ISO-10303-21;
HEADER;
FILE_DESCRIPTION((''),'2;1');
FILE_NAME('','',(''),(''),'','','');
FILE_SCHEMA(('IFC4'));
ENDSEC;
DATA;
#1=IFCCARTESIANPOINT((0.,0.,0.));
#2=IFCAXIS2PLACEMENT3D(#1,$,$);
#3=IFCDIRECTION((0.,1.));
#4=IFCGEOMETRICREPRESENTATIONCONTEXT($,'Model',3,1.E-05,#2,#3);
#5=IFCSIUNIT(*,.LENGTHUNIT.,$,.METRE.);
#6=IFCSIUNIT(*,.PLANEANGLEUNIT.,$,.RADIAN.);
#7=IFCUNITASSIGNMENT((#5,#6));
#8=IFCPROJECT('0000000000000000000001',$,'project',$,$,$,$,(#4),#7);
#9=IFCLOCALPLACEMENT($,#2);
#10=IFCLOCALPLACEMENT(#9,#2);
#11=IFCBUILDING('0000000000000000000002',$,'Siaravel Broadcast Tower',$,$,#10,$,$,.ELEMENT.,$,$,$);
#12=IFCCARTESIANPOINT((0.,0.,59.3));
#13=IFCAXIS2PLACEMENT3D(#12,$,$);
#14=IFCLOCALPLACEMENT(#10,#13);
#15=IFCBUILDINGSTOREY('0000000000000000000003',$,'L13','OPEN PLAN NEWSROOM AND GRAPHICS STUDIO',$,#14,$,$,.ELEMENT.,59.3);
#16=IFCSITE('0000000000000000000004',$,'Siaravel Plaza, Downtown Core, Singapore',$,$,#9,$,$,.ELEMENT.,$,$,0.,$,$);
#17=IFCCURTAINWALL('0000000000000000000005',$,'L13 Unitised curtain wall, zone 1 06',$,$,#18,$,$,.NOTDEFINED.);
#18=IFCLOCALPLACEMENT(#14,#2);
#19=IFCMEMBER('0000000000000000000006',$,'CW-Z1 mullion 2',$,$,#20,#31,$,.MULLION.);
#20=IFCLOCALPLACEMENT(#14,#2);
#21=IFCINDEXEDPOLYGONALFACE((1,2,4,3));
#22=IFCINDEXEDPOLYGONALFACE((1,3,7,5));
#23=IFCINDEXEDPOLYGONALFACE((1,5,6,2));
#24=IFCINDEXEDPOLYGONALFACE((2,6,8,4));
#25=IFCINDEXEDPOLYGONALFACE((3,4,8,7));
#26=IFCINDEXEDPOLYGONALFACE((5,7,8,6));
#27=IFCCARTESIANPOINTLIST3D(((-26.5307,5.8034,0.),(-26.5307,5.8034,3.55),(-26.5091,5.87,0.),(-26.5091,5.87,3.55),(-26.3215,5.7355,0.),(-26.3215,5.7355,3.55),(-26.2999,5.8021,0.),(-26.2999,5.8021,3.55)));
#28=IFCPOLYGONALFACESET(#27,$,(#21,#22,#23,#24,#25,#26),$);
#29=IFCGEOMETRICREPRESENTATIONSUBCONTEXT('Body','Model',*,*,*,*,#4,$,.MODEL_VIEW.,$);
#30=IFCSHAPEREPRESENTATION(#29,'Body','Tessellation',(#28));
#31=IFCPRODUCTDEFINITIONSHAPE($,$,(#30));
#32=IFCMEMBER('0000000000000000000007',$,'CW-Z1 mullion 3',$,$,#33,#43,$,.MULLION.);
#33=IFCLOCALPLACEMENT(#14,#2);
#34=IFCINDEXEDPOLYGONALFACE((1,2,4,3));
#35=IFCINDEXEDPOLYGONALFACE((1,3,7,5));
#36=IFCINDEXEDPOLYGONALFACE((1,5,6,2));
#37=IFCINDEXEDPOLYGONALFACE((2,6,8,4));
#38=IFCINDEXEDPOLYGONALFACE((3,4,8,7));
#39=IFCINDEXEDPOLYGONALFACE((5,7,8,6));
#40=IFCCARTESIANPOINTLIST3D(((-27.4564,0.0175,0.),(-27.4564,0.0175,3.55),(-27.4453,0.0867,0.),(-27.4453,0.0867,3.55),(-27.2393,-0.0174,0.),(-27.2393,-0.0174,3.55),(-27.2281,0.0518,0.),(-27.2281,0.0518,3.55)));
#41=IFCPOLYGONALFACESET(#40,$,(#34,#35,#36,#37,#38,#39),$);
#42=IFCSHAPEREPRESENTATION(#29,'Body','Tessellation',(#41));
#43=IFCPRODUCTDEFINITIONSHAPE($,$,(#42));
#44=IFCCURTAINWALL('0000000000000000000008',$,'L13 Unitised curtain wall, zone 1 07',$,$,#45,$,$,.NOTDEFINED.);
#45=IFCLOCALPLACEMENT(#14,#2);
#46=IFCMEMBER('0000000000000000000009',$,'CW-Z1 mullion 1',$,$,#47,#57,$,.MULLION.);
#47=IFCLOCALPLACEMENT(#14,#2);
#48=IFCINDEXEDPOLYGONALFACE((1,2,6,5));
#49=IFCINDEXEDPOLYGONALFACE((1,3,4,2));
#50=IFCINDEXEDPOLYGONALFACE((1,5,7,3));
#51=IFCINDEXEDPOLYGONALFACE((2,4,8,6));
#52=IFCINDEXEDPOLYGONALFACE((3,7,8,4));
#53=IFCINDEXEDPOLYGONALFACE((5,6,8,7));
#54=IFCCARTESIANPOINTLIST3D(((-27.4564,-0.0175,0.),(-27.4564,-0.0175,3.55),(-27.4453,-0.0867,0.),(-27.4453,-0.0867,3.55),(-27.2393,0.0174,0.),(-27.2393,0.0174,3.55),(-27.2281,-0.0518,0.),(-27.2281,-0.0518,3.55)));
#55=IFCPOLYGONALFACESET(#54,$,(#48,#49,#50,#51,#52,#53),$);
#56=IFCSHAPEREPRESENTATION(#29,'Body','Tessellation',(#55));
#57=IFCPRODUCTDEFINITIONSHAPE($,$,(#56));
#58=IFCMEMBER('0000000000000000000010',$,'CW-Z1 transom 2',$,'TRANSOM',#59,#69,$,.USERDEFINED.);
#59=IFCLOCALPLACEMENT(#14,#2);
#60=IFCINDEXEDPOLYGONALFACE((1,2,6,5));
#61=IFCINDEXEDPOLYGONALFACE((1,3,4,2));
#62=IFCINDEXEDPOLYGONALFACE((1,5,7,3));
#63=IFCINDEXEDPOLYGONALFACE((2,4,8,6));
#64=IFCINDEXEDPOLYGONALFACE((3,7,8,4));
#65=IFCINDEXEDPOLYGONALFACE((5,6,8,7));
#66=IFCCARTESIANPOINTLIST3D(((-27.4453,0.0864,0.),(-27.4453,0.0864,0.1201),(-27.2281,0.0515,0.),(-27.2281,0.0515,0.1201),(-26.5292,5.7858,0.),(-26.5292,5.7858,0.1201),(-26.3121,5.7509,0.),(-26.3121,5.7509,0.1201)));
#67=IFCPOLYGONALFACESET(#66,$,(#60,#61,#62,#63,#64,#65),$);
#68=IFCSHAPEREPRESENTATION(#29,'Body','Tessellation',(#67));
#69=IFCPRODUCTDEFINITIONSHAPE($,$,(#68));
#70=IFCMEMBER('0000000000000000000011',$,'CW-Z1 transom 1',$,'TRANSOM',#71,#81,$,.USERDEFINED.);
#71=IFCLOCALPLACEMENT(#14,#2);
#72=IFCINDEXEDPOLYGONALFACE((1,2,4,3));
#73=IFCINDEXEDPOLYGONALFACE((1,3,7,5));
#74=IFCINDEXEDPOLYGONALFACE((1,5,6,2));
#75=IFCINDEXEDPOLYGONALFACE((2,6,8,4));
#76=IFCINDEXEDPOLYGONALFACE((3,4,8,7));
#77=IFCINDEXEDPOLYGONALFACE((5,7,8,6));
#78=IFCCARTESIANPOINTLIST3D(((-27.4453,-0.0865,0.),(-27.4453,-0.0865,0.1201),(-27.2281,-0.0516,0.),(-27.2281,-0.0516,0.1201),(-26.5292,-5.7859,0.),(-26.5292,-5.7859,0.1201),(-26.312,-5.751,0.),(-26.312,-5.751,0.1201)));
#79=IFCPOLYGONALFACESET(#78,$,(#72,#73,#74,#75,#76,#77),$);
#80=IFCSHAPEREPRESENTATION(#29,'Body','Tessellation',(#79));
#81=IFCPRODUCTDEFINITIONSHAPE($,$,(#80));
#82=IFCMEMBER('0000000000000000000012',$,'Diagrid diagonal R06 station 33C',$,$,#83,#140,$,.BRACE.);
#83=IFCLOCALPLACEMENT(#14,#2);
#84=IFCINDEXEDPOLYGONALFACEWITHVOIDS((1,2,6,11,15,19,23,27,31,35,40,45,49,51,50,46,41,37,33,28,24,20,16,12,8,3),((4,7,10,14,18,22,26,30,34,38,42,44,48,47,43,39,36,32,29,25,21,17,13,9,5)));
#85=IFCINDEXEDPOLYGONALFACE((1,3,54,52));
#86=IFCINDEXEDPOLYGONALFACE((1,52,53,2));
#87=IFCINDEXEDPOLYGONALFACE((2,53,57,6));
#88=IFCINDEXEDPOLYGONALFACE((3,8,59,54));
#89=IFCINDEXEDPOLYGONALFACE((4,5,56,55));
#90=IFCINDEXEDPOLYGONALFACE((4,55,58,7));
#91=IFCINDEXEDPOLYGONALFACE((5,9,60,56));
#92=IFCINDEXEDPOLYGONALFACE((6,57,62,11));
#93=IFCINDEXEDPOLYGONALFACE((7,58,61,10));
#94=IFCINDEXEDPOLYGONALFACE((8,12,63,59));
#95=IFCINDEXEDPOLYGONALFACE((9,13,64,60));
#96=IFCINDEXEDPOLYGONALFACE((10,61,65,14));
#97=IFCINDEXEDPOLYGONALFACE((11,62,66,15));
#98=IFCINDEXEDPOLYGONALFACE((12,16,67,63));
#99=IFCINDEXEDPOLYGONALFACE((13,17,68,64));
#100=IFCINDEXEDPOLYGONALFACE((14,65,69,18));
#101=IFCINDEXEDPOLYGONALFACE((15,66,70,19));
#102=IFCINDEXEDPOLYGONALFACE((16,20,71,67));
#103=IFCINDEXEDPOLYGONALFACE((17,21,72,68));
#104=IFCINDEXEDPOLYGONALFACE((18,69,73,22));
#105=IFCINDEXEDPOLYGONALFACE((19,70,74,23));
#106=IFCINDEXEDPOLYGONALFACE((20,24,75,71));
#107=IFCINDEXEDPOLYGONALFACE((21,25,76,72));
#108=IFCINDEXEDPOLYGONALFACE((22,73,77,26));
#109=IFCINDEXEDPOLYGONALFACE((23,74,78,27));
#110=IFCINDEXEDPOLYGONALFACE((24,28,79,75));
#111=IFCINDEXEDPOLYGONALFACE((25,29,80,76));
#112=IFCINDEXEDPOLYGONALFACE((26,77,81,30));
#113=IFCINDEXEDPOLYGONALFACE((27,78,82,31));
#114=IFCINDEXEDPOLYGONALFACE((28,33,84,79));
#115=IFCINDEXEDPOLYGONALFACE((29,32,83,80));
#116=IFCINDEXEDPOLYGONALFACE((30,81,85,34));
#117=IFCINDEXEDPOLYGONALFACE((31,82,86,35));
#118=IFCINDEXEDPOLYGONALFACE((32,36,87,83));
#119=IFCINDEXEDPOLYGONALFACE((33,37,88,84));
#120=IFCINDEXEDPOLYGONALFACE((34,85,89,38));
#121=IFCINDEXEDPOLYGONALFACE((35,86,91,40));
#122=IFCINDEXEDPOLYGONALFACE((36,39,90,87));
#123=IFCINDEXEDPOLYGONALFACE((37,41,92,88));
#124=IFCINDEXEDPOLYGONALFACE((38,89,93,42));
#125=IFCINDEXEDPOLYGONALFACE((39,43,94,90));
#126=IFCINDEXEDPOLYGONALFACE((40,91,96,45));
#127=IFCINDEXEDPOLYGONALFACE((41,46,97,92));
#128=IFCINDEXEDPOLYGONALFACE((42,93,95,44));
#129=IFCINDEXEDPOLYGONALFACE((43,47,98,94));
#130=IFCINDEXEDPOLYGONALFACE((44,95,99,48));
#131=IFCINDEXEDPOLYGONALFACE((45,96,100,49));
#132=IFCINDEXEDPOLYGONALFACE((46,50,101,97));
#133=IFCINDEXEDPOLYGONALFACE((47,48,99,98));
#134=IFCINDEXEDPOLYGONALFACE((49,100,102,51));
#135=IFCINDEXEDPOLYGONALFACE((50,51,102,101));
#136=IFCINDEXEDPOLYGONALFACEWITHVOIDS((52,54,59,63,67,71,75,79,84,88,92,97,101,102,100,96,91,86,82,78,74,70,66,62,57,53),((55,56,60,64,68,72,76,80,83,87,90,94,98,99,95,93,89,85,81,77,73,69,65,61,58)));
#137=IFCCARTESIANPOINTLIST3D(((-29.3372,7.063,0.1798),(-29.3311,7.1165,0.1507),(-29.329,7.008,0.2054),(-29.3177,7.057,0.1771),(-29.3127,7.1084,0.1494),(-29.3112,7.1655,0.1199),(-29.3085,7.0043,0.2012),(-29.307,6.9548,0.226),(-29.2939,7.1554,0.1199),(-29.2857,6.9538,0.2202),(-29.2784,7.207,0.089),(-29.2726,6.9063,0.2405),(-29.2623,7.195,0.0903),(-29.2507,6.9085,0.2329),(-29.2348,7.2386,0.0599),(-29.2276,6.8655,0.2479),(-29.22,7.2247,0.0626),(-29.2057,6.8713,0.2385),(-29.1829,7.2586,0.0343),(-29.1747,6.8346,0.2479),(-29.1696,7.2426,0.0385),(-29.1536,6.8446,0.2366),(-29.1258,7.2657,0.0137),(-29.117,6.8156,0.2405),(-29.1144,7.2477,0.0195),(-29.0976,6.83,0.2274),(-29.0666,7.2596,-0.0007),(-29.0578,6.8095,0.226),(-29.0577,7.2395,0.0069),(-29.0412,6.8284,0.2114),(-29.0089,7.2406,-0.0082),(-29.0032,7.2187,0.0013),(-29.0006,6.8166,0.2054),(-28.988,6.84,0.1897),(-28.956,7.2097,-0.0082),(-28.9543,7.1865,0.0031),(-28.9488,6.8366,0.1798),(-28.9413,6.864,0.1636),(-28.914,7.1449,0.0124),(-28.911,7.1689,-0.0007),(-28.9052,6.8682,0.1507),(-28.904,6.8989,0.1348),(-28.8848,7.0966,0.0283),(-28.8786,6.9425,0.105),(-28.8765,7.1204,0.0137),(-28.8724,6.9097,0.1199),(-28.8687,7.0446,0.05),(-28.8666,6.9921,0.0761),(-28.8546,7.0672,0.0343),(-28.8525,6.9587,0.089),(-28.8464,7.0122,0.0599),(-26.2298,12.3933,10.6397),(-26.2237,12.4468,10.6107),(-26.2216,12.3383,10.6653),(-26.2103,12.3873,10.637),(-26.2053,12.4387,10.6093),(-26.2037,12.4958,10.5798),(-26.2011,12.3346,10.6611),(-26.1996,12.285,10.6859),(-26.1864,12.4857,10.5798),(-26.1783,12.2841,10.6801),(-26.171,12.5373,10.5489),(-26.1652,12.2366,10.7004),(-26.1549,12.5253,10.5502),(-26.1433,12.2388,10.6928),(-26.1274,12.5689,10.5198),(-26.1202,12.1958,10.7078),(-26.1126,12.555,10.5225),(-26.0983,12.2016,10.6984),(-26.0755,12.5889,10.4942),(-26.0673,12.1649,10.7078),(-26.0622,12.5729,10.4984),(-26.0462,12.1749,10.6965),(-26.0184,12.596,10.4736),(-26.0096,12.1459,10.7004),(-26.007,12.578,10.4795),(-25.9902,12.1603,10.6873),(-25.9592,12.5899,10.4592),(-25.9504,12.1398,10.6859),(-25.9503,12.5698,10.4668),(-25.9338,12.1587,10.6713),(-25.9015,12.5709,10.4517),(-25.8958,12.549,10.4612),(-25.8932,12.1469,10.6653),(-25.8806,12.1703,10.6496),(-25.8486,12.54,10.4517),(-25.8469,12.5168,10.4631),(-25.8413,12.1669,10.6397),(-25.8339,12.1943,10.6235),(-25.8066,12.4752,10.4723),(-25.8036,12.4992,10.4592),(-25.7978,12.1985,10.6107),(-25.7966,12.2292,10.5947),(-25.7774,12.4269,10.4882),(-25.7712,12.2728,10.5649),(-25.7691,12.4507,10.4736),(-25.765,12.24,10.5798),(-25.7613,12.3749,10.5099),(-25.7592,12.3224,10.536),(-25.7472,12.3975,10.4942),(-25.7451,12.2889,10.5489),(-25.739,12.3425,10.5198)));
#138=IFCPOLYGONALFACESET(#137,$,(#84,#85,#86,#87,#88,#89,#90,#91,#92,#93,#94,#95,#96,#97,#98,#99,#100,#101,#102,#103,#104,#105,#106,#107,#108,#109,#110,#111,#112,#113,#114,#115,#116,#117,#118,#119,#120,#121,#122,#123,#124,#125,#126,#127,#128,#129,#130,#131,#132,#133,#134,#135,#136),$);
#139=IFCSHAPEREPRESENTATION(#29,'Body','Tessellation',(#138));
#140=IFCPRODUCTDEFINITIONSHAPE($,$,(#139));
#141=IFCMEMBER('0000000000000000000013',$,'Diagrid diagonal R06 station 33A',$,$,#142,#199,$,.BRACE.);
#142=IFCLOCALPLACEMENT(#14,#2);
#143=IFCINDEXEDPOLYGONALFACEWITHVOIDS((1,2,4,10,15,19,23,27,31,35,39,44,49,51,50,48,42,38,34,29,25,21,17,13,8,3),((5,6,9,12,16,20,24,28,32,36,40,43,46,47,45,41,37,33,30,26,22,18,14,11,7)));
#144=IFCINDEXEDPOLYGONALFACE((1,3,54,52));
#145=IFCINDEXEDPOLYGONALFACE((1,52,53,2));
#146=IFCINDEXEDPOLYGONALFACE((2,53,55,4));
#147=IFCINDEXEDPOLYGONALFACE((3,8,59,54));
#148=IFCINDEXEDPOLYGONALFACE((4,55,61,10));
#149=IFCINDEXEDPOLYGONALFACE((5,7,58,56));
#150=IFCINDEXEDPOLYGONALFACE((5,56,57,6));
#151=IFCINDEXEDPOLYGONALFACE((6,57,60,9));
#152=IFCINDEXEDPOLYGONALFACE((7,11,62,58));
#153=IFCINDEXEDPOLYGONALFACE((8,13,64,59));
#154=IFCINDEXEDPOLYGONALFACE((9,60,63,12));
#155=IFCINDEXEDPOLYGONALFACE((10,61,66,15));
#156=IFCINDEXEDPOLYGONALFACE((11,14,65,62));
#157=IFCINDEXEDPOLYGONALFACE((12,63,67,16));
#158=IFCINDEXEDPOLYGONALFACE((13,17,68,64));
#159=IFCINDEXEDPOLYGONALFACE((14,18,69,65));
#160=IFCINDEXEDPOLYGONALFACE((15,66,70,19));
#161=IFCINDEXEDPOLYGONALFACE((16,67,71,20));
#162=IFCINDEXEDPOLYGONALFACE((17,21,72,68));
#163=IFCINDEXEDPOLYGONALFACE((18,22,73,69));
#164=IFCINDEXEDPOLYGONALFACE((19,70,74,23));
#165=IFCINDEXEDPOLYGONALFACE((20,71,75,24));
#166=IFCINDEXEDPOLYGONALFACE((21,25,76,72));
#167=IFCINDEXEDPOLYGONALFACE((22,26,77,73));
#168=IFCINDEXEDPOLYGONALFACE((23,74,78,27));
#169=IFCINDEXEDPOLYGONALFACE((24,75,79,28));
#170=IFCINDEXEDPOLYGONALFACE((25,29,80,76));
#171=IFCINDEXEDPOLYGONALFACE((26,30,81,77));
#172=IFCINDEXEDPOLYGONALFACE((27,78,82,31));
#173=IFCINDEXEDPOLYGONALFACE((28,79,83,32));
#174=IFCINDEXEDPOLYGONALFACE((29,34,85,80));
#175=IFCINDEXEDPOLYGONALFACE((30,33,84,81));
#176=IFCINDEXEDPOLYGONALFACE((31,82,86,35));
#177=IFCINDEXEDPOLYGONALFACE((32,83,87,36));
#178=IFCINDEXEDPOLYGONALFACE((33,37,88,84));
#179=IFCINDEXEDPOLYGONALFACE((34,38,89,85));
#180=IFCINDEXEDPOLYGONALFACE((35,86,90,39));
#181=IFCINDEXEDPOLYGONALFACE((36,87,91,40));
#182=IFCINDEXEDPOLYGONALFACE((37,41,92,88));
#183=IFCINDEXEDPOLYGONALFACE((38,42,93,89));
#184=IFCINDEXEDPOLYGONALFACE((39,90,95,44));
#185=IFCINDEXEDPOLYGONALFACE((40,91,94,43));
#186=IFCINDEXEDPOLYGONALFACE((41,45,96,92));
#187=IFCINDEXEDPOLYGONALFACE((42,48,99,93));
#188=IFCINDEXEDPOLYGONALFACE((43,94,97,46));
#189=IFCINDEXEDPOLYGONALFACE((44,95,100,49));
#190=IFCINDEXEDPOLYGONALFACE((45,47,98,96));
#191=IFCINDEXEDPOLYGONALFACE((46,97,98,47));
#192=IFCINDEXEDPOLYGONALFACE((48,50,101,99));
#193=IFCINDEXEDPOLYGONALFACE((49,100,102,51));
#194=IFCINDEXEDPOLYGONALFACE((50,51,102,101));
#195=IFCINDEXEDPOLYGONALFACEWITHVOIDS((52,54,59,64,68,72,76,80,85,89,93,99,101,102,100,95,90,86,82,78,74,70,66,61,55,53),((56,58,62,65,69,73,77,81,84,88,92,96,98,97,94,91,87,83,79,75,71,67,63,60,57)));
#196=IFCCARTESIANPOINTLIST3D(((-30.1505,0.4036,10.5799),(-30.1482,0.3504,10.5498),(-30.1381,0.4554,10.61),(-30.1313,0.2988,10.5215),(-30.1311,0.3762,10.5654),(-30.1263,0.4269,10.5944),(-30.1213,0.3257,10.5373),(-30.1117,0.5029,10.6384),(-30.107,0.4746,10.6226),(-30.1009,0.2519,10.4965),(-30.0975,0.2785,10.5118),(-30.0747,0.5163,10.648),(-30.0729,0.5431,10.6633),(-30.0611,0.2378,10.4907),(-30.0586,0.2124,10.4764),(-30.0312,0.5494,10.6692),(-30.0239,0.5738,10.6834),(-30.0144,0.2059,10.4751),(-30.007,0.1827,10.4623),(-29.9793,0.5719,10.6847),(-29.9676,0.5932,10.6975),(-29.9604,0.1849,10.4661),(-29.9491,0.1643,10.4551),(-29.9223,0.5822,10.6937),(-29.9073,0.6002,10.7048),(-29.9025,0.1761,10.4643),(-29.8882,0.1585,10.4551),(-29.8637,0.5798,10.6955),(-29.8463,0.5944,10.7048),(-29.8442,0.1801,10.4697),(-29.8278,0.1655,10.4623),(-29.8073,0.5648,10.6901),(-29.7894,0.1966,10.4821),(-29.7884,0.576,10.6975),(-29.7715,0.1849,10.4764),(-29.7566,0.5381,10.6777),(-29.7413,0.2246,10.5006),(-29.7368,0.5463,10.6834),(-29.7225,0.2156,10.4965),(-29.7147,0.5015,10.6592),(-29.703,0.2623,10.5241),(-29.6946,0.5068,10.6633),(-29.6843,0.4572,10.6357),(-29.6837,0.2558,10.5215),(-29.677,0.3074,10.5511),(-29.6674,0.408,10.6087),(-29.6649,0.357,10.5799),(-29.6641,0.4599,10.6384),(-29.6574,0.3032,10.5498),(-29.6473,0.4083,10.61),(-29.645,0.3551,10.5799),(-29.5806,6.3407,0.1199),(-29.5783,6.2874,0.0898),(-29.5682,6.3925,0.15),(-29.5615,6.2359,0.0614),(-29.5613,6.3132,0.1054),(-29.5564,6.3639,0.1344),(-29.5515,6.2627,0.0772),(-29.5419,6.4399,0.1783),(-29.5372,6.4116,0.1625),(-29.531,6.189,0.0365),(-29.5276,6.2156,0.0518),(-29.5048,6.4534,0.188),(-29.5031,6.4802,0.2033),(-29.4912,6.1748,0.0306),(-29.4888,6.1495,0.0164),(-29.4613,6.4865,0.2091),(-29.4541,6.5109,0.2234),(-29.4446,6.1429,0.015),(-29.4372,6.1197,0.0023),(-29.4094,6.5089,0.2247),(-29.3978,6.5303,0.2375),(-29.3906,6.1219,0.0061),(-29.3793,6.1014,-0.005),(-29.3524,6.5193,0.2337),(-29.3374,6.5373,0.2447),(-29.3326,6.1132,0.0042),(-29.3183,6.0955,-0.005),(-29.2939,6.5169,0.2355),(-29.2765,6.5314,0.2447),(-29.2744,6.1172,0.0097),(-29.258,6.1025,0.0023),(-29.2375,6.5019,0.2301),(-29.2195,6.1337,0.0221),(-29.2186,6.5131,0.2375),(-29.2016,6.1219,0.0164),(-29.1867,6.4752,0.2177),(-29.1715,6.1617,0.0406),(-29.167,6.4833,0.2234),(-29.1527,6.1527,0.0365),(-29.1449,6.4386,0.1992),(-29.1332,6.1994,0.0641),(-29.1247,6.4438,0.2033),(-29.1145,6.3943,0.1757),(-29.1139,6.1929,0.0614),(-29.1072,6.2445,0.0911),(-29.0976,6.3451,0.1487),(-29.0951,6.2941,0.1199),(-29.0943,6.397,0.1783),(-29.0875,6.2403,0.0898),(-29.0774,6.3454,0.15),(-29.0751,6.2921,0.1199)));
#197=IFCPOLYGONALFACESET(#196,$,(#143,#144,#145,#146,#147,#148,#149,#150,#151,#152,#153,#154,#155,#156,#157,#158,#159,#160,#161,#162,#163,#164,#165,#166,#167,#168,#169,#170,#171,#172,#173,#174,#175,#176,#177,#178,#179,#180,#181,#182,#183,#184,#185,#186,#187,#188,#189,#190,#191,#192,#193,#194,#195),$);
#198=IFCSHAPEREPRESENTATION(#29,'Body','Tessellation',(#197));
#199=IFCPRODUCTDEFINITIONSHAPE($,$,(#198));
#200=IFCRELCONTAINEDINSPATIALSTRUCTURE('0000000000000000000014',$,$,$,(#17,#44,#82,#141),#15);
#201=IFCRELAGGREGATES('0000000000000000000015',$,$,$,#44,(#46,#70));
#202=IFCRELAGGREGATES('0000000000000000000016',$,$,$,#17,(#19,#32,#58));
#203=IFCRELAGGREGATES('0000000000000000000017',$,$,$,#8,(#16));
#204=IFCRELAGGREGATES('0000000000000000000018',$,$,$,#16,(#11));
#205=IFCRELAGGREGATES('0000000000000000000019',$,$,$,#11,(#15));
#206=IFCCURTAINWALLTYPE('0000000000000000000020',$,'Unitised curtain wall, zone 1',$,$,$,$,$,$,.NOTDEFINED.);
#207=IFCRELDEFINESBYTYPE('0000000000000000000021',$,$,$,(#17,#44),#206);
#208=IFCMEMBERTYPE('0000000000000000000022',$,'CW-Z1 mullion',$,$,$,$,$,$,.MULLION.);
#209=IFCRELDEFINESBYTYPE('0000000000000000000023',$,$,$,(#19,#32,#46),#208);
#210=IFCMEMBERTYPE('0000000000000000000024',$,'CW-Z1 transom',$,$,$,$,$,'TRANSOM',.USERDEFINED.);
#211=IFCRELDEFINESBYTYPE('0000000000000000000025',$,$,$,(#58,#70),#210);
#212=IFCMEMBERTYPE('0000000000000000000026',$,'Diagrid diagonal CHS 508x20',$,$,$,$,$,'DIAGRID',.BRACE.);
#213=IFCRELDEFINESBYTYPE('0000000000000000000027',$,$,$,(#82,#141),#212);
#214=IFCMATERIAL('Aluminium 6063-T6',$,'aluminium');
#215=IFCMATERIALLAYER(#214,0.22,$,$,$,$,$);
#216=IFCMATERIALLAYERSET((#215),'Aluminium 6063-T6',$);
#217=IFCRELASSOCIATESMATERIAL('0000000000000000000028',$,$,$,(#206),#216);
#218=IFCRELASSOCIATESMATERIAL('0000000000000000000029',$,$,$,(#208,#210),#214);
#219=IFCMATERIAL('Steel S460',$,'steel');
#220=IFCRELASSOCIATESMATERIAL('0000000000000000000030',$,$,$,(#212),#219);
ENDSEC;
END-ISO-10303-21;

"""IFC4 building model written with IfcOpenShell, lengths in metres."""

from ifc_helpers import new_model, si_unit, direction, frame, origin, origin_2d, place, context, subcontext, project, spatial, rectangle, hollow_circle, extrude, material, layer, layer_set, material_profile, profile_set, type_object, element, aggregate, save


model = new_model("IFC4")

# Units and contexts
model_context = context("Model", 3, precision=1e-05, world=origin(), true_north=direction((0.0, 1.0)))
body_context = subcontext(model_context, "Body", "Model", "MODEL_VIEW")
ifc_project = project(units=[si_unit("LENGTHUNIT", "METRE"), si_unit("PLANEANGLEUNIT", "RADIAN")], contexts=[model_context])

# Site, building, storey
site_placement = place(None, origin())
site = spatial("IfcSite", under=ifc_project, at=site_placement, Name="Siaravel Plaza, Downtown Core, Singapore", CompositionType="ELEMENT", RefElevation=0.0)
building_placement = place(site_placement, origin())
building = spatial("IfcBuilding", under=site, at=building_placement, Name="Siaravel Broadcast Tower", CompositionType="ELEMENT")
storey_placement = place(building_placement, frame((0.0, 0.0, 59.3)))
storey = spatial("IfcBuildingStorey", under=building, at=storey_placement, Name="L13", Description="OPEN PLAN NEWSROOM AND GRAPHICS STUDIO", CompositionType="ELEMENT", Elevation=59.3)

# Curtain wall, members
ifc_material_1 = material(Name="Aluminium 6063-T6", Category="aluminium")
ifc_layer_1 = layer(ifc_material_1, 0.22)
ifc_layer_set_1 = layer_set([ifc_layer_1], Name="Aluminium 6063-T6")
curtain_wall_type = type_object("IfcCurtainWallType", Name="Unitised curtain wall, zone 1", PredefinedType="NOTDEFINED", material=ifc_layer_set_1)
curtain_wall_1_placement = place(storey_placement, origin())
curtain_wall_1 = element("IfcCurtainWall", 1, at=curtain_wall_1_placement, inside=storey, type_object=curtain_wall_type, Name="L13 Unitised curtain wall, zone 1 06", PredefinedType="NOTDEFINED")
ifc_material_profile_1 = material_profile(ifc_material_1, rectangle(XDim=0.22, YDim=0.0701, at=origin_2d()))
ifc_profile_set_1 = profile_set([ifc_material_profile_1], Name="Aluminium 6063-T6")
member_type_1 = type_object("IfcMemberType", Name="CW-Z1 mullion", PredefinedType="MULLION", material=ifc_profile_set_1)
member_1_placement = place(storey_placement, frame((-26.4153, 5.8027, 0.0), z_axis=(0.0, 0.0, 1.0), x_axis=(0.951177, -0.308646, 0.0)))
member_1 = element("IfcMember", 2, at=member_1_placement, type_object=member_type_1, Name="CW-Z1 mullion 2", PredefinedType="MULLION", context=body_context, shape_type="SweptSolid", body=[
    extrude(rectangle(XDim=0.22, YDim=0.0701, at=origin_2d()), origin(), (0.0, 0.0, 1.0), 3.55),
])
member_2_placement = place(storey_placement, frame((-27.3423, 0.0347, 0.0), z_axis=(0.0, 0.0, 1.0), x_axis=(0.987329, -0.158686, 0.0)))
member_2 = element("IfcMember", 3, at=member_2_placement, type_object=member_type_1, Name="CW-Z1 mullion 3", PredefinedType="MULLION", context=body_context, shape_type="SweptSolid", body=[
    extrude(rectangle(XDim=0.22, YDim=0.0701, at=origin_2d()), origin(), (0.0, 0.0, 1.0), 3.55),
])

# Curtain wall, member
curtain_wall_2_placement = place(storey_placement, origin())
curtain_wall_2 = element("IfcCurtainWall", 4, at=curtain_wall_2_placement, inside=storey, type_object=curtain_wall_type, Name="L13 Unitised curtain wall, zone 1 07", PredefinedType="NOTDEFINED")
member_3_placement = place(storey_placement, frame((-27.3423, -0.0347, 0.0), z_axis=(0.0, 0.0, 1.0), x_axis=(0.987329, 0.158686, 0.0)))
member_3 = element("IfcMember", 5, at=member_3_placement, type_object=member_type_1, Name="CW-Z1 mullion 1", PredefinedType="MULLION", context=body_context, shape_type="SweptSolid", body=[
    extrude(rectangle(XDim=0.22, YDim=0.0701, at=origin_2d()), origin(), (0.0, 0.0, 1.0), 3.55),
])

# Members
ifc_material_profile_2 = material_profile(ifc_material_1, rectangle(XDim=0.22, YDim=0.1201, at=origin_2d()))
ifc_profile_set_2 = profile_set([ifc_material_profile_2], Name="Aluminium 6063-T6")
member_type_2 = type_object("IfcMemberType", Name="CW-Z1 transom", ElementType="TRANSOM", PredefinedType="USERDEFINED", material=ifc_profile_set_2)
member_4_placement = place(storey_placement, frame((-26.4207, 5.7683, 0.0601), z_axis=(-0.15869, -0.987328, 0.0), x_axis=(0.987328, -0.15869, 0.0)))
member_4 = element("IfcMember", 6, at=member_4_placement, type_object=member_type_2, Name="CW-Z1 transom 2", ObjectType="TRANSOM", PredefinedType="USERDEFINED", context=body_context, shape_type="SweptSolid", body=[
    extrude(rectangle(XDim=0.22, YDim=0.1201, at=origin_2d()), origin(), (0.0, 0.0, 1.0), 5.7725),
])
member_5_placement = place(storey_placement, frame((-27.3367, -0.0691, 0.0601), z_axis=(0.15869, -0.987328, 0.0), x_axis=(0.987328, 0.15869, 0.0)))
member_5 = element("IfcMember", 7, at=member_5_placement, type_object=member_type_2, Name="CW-Z1 transom 1", ObjectType="TRANSOM", PredefinedType="USERDEFINED", context=body_context, shape_type="SweptSolid", body=[
    extrude(rectangle(XDim=0.22, YDim=0.1201, at=origin_2d()), origin(), (0.0, 0.0, 1.0), 5.7725),
])
aggregate(curtain_wall_2, [member_3, member_5])

# Members
ifc_material_2 = material(Name="Steel S460", Category="steel")
ifc_material_profile_3 = material_profile(ifc_material_2, hollow_circle(Radius=0.2539, WallThickness=0.02, at=origin_2d()))
ifc_profile_set_3 = profile_set([ifc_material_profile_3], Name="Steel S460")
member_type_3 = type_object("IfcMemberType", Name="Diagrid diagonal CHS 508x20", ElementType="DIAGRID", PredefinedType="BRACE", material=ifc_profile_set_3)
member_6_placement = place(storey_placement, frame((-29.0918, 7.0376, 0.1199), z_axis=(0.255879, 0.438923, 0.86132), x_axis=(-0.863915, 0.503637, 0.0)))
element("IfcMember", 8, at=member_6_placement, inside=storey, type_object=member_type_3, Name="Diagrid diagonal R06 station 33C", PredefinedType="BRACE", context=body_context, shape_type="SweptSolid", body=[
    extrude(hollow_circle(Radius=0.2539, WallThickness=0.02, at=origin_2d()), origin(), (0.0, 0.0, 1.0), 12.144),
])
member_7_placement = place(storey_placement, frame((-29.3279, 6.3164, 0.1199), z_axis=(-0.047324, -0.49307, 0.868702), x_axis=(0.995426, -0.095539, 0.0)))
element("IfcMember", 9, at=member_7_placement, inside=storey, type_object=member_type_3, Name="Diagrid diagonal R06 station 33A", PredefinedType="BRACE", context=body_context, shape_type="SweptSolid", body=[
    extrude(hollow_circle(Radius=0.2539, WallThickness=0.02, at=origin_2d()), origin(), (0.0, 0.0, 1.0), 12.041),
])

aggregate(curtain_wall_1, [member_1, member_2, member_4])

save(model, "model.ifc")
